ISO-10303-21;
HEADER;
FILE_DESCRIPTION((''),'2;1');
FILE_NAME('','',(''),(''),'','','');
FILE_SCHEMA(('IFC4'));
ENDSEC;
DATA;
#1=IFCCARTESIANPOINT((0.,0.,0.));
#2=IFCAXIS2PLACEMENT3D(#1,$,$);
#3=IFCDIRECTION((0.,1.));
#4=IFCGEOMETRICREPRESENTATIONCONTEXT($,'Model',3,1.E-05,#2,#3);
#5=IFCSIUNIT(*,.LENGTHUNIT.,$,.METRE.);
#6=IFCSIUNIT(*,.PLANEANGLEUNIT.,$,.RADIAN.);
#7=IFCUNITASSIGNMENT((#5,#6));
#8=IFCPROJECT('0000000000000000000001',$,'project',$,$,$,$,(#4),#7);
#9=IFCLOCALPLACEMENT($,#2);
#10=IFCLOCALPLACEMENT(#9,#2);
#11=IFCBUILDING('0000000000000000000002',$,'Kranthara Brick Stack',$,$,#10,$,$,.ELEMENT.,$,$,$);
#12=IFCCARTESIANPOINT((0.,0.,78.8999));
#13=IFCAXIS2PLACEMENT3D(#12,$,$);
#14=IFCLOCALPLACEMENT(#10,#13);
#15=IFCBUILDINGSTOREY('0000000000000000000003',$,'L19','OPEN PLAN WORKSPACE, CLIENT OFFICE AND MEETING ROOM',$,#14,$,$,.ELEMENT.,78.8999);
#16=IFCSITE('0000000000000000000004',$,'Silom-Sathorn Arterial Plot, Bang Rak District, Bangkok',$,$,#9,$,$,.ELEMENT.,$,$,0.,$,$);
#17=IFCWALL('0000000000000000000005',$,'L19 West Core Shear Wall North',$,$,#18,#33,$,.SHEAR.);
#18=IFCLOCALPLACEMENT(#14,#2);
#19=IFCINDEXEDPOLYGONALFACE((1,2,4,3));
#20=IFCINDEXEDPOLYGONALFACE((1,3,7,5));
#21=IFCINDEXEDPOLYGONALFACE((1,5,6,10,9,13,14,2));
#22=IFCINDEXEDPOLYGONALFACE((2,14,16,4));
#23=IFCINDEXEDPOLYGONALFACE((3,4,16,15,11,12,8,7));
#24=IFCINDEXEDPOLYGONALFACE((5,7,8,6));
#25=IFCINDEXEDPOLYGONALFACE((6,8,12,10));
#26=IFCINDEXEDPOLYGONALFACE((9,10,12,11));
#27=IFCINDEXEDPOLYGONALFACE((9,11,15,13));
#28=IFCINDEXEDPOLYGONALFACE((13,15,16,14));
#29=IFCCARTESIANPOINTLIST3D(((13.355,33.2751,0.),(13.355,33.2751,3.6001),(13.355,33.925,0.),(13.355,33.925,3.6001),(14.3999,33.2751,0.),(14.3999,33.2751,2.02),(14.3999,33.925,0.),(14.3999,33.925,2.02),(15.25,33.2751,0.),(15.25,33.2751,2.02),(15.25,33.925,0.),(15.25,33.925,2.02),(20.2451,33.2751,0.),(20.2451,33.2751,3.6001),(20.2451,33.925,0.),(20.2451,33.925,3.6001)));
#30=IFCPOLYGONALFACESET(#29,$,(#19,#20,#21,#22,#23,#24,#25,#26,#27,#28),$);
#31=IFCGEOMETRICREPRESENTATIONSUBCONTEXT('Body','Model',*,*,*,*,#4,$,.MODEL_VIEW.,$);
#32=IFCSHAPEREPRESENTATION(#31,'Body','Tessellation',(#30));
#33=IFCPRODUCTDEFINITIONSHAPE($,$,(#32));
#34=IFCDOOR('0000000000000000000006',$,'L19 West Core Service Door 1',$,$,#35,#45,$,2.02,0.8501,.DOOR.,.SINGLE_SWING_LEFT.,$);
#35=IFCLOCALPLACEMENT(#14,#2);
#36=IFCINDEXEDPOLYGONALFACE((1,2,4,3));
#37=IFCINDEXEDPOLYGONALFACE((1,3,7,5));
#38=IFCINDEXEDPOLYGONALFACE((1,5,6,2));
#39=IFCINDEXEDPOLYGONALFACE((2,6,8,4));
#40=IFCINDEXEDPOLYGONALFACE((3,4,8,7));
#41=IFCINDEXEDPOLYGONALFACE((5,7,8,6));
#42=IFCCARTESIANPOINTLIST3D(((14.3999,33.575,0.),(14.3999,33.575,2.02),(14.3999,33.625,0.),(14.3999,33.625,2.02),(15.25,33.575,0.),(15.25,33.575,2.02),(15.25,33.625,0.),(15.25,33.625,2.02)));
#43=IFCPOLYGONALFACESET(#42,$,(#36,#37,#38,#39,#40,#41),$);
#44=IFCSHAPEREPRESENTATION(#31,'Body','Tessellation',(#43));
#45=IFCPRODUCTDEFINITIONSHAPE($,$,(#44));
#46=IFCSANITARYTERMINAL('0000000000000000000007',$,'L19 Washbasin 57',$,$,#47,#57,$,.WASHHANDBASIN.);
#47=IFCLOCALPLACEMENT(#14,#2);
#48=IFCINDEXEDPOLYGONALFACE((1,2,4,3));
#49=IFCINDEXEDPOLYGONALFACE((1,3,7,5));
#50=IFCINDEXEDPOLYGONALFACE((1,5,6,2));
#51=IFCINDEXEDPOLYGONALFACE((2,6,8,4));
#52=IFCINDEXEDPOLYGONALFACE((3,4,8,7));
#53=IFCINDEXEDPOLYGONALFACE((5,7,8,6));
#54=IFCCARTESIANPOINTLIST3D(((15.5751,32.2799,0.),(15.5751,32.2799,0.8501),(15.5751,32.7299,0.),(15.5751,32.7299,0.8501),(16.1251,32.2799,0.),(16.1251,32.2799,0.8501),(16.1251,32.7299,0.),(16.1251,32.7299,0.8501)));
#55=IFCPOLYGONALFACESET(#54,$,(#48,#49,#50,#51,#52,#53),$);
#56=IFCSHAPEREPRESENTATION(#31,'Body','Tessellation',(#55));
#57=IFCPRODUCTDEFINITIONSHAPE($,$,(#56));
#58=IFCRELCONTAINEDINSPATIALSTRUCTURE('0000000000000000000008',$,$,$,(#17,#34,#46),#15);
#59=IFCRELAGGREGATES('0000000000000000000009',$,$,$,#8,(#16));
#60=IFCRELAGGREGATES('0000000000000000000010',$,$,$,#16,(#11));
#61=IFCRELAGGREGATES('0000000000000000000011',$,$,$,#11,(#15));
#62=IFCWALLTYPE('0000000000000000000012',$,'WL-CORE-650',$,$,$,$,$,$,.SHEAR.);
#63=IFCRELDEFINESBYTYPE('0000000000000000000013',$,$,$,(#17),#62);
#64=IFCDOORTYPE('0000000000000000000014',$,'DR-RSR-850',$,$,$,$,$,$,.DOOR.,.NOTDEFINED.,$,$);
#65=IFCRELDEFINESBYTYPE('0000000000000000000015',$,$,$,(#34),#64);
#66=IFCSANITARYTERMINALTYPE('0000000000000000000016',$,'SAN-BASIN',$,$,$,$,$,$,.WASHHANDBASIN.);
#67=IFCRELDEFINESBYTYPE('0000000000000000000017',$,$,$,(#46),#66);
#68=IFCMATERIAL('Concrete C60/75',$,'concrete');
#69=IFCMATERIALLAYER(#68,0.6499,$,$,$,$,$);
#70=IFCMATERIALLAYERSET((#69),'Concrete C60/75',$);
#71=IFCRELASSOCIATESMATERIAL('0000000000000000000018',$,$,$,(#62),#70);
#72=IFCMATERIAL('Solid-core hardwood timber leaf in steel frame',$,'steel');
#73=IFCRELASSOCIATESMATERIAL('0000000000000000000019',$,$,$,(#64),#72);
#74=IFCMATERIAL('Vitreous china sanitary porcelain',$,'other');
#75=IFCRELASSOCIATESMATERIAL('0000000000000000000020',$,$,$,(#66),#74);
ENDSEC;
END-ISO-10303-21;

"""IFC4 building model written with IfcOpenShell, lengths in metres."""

from ifc_helpers import new_model, si_unit, direction, frame, frame_2d, origin, origin_2d, place, context, subcontext, project, spatial, rectangle, extrude, material, layer, layer_set, type_object, element, fill, save


model = new_model("IFC4")

# Units and contexts
model_context = context("Model", 3, precision=1e-05, world=origin(), true_north=direction((0.0, 1.0)))
body_context = subcontext(model_context, "Body", "Model", "MODEL_VIEW")
ifc_project = project(units=[si_unit("LENGTHUNIT", "METRE"), si_unit("PLANEANGLEUNIT", "RADIAN")], contexts=[model_context])

# Site, building, storey
site_placement = place(None, origin())
site = spatial("IfcSite", under=ifc_project, at=site_placement, Name="Silom-Sathorn Arterial Plot, Bang Rak District, Bangkok", CompositionType="ELEMENT", RefElevation=0.0)
building_placement = place(site_placement, origin())
building = spatial("IfcBuilding", under=site, at=building_placement, Name="Kranthara Brick Stack", CompositionType="ELEMENT")
storey_placement = place(building_placement, frame((0.0, 0.0, 78.8999)))
storey = spatial("IfcBuildingStorey", under=building, at=storey_placement, Name="L19", Description="OPEN PLAN WORKSPACE, CLIENT OFFICE AND MEETING ROOM", CompositionType="ELEMENT", Elevation=78.8999)

# Wall, opening, door
ifc_material_1 = material(Name="Concrete C60/75", Category="concrete")
ifc_layer = layer(ifc_material_1, 0.6499)
ifc_layer_set = layer_set([ifc_layer], Name="Concrete C60/75")
wall_type = type_object("IfcWallType", Name="WL-CORE-650", PredefinedType="SHEAR", material=ifc_layer_set)
wall_placement = place(storey_placement, frame((13.355, 33.6001, 0.0), z_axis=(0.0, 0.0, 1.0), x_axis=(1.0, 0.0, 0.0)))
wall = element("IfcWall", 1, at=wall_placement, inside=storey, type_object=wall_type, Name="L19 West Core Shear Wall North", PredefinedType="SHEAR", context=body_context, shape_type="SweptSolid", body=[
    extrude(rectangle(XDim=6.8901, YDim=0.6499, at=frame_2d((3.4451, 0.0))), origin(), (0.0, 0.0, 1.0), 3.6001),
])
opening_placement = place(wall_placement, frame((1.0449, 0.0, 0.0)))
opening = element("IfcOpeningElement", 2, at=opening_placement, cuts=wall, PredefinedType="OPENING", context=body_context, shape_type="SweptSolid", body=[
    extrude(rectangle(XDim=0.8501, YDim=2.02, at=frame_2d((0.425, 1.01))), frame((0.0, 0.335, 0.0), z_axis=(0.0, -1.0, 0.0), x_axis=(1.0, 0.0, 0.0)), (0.0, 0.0, 1.0), 0.6699),
])
ifc_material_2 = material(Name="Solid-core hardwood timber leaf in steel frame", Category="steel")
door_type = type_object("IfcDoorType", Name="DR-RSR-850", OperationType="NOTDEFINED", PredefinedType="DOOR", material=ifc_material_2)
door_placement = place(opening_placement, origin())
door = element("IfcDoor", 3, at=door_placement, inside=storey, type_object=door_type, Name="L19 West Core Service Door 1", OperationType="SINGLE_SWING_LEFT", OverallHeight=2.02, OverallWidth=0.8501, PredefinedType="DOOR", context=body_context, shape_type="SweptSolid", body=[
    extrude(rectangle(XDim=0.8501, YDim=2.02, at=frame_2d((0.425, 1.01))), frame((0.0, 0.0249, 0.0), z_axis=(0.0, -1.0, 0.0), x_axis=(1.0, 0.0, 0.0)), (0.0, 0.0, 1.0), 0.05),
])
fill(opening, door)

# Sanitary terminal
ifc_material_3 = material(Name="Vitreous china sanitary porcelain", Category="other")
sanitary_terminal_type = type_object("IfcSanitaryTerminalType", Name="SAN-BASIN", PredefinedType="WASHHANDBASIN", material=ifc_material_3)
sanitary_terminal_placement = place(storey_placement, frame((15.8501, 32.5049, 0.0), z_axis=(0.0, 0.0, 1.0), x_axis=(1.0, 0.0, 0.0)))
element("IfcSanitaryTerminal", 4, at=sanitary_terminal_placement, inside=storey, type_object=sanitary_terminal_type, Name="L19 Washbasin 57", PredefinedType="WASHHANDBASIN", context=body_context, shape_type="SweptSolid", body=[
    extrude(rectangle(XDim=0.55, YDim=0.45, at=origin_2d()), origin(), (0.0, 0.0, 1.0), 0.8501),
])

save(model, "model.ifc")
